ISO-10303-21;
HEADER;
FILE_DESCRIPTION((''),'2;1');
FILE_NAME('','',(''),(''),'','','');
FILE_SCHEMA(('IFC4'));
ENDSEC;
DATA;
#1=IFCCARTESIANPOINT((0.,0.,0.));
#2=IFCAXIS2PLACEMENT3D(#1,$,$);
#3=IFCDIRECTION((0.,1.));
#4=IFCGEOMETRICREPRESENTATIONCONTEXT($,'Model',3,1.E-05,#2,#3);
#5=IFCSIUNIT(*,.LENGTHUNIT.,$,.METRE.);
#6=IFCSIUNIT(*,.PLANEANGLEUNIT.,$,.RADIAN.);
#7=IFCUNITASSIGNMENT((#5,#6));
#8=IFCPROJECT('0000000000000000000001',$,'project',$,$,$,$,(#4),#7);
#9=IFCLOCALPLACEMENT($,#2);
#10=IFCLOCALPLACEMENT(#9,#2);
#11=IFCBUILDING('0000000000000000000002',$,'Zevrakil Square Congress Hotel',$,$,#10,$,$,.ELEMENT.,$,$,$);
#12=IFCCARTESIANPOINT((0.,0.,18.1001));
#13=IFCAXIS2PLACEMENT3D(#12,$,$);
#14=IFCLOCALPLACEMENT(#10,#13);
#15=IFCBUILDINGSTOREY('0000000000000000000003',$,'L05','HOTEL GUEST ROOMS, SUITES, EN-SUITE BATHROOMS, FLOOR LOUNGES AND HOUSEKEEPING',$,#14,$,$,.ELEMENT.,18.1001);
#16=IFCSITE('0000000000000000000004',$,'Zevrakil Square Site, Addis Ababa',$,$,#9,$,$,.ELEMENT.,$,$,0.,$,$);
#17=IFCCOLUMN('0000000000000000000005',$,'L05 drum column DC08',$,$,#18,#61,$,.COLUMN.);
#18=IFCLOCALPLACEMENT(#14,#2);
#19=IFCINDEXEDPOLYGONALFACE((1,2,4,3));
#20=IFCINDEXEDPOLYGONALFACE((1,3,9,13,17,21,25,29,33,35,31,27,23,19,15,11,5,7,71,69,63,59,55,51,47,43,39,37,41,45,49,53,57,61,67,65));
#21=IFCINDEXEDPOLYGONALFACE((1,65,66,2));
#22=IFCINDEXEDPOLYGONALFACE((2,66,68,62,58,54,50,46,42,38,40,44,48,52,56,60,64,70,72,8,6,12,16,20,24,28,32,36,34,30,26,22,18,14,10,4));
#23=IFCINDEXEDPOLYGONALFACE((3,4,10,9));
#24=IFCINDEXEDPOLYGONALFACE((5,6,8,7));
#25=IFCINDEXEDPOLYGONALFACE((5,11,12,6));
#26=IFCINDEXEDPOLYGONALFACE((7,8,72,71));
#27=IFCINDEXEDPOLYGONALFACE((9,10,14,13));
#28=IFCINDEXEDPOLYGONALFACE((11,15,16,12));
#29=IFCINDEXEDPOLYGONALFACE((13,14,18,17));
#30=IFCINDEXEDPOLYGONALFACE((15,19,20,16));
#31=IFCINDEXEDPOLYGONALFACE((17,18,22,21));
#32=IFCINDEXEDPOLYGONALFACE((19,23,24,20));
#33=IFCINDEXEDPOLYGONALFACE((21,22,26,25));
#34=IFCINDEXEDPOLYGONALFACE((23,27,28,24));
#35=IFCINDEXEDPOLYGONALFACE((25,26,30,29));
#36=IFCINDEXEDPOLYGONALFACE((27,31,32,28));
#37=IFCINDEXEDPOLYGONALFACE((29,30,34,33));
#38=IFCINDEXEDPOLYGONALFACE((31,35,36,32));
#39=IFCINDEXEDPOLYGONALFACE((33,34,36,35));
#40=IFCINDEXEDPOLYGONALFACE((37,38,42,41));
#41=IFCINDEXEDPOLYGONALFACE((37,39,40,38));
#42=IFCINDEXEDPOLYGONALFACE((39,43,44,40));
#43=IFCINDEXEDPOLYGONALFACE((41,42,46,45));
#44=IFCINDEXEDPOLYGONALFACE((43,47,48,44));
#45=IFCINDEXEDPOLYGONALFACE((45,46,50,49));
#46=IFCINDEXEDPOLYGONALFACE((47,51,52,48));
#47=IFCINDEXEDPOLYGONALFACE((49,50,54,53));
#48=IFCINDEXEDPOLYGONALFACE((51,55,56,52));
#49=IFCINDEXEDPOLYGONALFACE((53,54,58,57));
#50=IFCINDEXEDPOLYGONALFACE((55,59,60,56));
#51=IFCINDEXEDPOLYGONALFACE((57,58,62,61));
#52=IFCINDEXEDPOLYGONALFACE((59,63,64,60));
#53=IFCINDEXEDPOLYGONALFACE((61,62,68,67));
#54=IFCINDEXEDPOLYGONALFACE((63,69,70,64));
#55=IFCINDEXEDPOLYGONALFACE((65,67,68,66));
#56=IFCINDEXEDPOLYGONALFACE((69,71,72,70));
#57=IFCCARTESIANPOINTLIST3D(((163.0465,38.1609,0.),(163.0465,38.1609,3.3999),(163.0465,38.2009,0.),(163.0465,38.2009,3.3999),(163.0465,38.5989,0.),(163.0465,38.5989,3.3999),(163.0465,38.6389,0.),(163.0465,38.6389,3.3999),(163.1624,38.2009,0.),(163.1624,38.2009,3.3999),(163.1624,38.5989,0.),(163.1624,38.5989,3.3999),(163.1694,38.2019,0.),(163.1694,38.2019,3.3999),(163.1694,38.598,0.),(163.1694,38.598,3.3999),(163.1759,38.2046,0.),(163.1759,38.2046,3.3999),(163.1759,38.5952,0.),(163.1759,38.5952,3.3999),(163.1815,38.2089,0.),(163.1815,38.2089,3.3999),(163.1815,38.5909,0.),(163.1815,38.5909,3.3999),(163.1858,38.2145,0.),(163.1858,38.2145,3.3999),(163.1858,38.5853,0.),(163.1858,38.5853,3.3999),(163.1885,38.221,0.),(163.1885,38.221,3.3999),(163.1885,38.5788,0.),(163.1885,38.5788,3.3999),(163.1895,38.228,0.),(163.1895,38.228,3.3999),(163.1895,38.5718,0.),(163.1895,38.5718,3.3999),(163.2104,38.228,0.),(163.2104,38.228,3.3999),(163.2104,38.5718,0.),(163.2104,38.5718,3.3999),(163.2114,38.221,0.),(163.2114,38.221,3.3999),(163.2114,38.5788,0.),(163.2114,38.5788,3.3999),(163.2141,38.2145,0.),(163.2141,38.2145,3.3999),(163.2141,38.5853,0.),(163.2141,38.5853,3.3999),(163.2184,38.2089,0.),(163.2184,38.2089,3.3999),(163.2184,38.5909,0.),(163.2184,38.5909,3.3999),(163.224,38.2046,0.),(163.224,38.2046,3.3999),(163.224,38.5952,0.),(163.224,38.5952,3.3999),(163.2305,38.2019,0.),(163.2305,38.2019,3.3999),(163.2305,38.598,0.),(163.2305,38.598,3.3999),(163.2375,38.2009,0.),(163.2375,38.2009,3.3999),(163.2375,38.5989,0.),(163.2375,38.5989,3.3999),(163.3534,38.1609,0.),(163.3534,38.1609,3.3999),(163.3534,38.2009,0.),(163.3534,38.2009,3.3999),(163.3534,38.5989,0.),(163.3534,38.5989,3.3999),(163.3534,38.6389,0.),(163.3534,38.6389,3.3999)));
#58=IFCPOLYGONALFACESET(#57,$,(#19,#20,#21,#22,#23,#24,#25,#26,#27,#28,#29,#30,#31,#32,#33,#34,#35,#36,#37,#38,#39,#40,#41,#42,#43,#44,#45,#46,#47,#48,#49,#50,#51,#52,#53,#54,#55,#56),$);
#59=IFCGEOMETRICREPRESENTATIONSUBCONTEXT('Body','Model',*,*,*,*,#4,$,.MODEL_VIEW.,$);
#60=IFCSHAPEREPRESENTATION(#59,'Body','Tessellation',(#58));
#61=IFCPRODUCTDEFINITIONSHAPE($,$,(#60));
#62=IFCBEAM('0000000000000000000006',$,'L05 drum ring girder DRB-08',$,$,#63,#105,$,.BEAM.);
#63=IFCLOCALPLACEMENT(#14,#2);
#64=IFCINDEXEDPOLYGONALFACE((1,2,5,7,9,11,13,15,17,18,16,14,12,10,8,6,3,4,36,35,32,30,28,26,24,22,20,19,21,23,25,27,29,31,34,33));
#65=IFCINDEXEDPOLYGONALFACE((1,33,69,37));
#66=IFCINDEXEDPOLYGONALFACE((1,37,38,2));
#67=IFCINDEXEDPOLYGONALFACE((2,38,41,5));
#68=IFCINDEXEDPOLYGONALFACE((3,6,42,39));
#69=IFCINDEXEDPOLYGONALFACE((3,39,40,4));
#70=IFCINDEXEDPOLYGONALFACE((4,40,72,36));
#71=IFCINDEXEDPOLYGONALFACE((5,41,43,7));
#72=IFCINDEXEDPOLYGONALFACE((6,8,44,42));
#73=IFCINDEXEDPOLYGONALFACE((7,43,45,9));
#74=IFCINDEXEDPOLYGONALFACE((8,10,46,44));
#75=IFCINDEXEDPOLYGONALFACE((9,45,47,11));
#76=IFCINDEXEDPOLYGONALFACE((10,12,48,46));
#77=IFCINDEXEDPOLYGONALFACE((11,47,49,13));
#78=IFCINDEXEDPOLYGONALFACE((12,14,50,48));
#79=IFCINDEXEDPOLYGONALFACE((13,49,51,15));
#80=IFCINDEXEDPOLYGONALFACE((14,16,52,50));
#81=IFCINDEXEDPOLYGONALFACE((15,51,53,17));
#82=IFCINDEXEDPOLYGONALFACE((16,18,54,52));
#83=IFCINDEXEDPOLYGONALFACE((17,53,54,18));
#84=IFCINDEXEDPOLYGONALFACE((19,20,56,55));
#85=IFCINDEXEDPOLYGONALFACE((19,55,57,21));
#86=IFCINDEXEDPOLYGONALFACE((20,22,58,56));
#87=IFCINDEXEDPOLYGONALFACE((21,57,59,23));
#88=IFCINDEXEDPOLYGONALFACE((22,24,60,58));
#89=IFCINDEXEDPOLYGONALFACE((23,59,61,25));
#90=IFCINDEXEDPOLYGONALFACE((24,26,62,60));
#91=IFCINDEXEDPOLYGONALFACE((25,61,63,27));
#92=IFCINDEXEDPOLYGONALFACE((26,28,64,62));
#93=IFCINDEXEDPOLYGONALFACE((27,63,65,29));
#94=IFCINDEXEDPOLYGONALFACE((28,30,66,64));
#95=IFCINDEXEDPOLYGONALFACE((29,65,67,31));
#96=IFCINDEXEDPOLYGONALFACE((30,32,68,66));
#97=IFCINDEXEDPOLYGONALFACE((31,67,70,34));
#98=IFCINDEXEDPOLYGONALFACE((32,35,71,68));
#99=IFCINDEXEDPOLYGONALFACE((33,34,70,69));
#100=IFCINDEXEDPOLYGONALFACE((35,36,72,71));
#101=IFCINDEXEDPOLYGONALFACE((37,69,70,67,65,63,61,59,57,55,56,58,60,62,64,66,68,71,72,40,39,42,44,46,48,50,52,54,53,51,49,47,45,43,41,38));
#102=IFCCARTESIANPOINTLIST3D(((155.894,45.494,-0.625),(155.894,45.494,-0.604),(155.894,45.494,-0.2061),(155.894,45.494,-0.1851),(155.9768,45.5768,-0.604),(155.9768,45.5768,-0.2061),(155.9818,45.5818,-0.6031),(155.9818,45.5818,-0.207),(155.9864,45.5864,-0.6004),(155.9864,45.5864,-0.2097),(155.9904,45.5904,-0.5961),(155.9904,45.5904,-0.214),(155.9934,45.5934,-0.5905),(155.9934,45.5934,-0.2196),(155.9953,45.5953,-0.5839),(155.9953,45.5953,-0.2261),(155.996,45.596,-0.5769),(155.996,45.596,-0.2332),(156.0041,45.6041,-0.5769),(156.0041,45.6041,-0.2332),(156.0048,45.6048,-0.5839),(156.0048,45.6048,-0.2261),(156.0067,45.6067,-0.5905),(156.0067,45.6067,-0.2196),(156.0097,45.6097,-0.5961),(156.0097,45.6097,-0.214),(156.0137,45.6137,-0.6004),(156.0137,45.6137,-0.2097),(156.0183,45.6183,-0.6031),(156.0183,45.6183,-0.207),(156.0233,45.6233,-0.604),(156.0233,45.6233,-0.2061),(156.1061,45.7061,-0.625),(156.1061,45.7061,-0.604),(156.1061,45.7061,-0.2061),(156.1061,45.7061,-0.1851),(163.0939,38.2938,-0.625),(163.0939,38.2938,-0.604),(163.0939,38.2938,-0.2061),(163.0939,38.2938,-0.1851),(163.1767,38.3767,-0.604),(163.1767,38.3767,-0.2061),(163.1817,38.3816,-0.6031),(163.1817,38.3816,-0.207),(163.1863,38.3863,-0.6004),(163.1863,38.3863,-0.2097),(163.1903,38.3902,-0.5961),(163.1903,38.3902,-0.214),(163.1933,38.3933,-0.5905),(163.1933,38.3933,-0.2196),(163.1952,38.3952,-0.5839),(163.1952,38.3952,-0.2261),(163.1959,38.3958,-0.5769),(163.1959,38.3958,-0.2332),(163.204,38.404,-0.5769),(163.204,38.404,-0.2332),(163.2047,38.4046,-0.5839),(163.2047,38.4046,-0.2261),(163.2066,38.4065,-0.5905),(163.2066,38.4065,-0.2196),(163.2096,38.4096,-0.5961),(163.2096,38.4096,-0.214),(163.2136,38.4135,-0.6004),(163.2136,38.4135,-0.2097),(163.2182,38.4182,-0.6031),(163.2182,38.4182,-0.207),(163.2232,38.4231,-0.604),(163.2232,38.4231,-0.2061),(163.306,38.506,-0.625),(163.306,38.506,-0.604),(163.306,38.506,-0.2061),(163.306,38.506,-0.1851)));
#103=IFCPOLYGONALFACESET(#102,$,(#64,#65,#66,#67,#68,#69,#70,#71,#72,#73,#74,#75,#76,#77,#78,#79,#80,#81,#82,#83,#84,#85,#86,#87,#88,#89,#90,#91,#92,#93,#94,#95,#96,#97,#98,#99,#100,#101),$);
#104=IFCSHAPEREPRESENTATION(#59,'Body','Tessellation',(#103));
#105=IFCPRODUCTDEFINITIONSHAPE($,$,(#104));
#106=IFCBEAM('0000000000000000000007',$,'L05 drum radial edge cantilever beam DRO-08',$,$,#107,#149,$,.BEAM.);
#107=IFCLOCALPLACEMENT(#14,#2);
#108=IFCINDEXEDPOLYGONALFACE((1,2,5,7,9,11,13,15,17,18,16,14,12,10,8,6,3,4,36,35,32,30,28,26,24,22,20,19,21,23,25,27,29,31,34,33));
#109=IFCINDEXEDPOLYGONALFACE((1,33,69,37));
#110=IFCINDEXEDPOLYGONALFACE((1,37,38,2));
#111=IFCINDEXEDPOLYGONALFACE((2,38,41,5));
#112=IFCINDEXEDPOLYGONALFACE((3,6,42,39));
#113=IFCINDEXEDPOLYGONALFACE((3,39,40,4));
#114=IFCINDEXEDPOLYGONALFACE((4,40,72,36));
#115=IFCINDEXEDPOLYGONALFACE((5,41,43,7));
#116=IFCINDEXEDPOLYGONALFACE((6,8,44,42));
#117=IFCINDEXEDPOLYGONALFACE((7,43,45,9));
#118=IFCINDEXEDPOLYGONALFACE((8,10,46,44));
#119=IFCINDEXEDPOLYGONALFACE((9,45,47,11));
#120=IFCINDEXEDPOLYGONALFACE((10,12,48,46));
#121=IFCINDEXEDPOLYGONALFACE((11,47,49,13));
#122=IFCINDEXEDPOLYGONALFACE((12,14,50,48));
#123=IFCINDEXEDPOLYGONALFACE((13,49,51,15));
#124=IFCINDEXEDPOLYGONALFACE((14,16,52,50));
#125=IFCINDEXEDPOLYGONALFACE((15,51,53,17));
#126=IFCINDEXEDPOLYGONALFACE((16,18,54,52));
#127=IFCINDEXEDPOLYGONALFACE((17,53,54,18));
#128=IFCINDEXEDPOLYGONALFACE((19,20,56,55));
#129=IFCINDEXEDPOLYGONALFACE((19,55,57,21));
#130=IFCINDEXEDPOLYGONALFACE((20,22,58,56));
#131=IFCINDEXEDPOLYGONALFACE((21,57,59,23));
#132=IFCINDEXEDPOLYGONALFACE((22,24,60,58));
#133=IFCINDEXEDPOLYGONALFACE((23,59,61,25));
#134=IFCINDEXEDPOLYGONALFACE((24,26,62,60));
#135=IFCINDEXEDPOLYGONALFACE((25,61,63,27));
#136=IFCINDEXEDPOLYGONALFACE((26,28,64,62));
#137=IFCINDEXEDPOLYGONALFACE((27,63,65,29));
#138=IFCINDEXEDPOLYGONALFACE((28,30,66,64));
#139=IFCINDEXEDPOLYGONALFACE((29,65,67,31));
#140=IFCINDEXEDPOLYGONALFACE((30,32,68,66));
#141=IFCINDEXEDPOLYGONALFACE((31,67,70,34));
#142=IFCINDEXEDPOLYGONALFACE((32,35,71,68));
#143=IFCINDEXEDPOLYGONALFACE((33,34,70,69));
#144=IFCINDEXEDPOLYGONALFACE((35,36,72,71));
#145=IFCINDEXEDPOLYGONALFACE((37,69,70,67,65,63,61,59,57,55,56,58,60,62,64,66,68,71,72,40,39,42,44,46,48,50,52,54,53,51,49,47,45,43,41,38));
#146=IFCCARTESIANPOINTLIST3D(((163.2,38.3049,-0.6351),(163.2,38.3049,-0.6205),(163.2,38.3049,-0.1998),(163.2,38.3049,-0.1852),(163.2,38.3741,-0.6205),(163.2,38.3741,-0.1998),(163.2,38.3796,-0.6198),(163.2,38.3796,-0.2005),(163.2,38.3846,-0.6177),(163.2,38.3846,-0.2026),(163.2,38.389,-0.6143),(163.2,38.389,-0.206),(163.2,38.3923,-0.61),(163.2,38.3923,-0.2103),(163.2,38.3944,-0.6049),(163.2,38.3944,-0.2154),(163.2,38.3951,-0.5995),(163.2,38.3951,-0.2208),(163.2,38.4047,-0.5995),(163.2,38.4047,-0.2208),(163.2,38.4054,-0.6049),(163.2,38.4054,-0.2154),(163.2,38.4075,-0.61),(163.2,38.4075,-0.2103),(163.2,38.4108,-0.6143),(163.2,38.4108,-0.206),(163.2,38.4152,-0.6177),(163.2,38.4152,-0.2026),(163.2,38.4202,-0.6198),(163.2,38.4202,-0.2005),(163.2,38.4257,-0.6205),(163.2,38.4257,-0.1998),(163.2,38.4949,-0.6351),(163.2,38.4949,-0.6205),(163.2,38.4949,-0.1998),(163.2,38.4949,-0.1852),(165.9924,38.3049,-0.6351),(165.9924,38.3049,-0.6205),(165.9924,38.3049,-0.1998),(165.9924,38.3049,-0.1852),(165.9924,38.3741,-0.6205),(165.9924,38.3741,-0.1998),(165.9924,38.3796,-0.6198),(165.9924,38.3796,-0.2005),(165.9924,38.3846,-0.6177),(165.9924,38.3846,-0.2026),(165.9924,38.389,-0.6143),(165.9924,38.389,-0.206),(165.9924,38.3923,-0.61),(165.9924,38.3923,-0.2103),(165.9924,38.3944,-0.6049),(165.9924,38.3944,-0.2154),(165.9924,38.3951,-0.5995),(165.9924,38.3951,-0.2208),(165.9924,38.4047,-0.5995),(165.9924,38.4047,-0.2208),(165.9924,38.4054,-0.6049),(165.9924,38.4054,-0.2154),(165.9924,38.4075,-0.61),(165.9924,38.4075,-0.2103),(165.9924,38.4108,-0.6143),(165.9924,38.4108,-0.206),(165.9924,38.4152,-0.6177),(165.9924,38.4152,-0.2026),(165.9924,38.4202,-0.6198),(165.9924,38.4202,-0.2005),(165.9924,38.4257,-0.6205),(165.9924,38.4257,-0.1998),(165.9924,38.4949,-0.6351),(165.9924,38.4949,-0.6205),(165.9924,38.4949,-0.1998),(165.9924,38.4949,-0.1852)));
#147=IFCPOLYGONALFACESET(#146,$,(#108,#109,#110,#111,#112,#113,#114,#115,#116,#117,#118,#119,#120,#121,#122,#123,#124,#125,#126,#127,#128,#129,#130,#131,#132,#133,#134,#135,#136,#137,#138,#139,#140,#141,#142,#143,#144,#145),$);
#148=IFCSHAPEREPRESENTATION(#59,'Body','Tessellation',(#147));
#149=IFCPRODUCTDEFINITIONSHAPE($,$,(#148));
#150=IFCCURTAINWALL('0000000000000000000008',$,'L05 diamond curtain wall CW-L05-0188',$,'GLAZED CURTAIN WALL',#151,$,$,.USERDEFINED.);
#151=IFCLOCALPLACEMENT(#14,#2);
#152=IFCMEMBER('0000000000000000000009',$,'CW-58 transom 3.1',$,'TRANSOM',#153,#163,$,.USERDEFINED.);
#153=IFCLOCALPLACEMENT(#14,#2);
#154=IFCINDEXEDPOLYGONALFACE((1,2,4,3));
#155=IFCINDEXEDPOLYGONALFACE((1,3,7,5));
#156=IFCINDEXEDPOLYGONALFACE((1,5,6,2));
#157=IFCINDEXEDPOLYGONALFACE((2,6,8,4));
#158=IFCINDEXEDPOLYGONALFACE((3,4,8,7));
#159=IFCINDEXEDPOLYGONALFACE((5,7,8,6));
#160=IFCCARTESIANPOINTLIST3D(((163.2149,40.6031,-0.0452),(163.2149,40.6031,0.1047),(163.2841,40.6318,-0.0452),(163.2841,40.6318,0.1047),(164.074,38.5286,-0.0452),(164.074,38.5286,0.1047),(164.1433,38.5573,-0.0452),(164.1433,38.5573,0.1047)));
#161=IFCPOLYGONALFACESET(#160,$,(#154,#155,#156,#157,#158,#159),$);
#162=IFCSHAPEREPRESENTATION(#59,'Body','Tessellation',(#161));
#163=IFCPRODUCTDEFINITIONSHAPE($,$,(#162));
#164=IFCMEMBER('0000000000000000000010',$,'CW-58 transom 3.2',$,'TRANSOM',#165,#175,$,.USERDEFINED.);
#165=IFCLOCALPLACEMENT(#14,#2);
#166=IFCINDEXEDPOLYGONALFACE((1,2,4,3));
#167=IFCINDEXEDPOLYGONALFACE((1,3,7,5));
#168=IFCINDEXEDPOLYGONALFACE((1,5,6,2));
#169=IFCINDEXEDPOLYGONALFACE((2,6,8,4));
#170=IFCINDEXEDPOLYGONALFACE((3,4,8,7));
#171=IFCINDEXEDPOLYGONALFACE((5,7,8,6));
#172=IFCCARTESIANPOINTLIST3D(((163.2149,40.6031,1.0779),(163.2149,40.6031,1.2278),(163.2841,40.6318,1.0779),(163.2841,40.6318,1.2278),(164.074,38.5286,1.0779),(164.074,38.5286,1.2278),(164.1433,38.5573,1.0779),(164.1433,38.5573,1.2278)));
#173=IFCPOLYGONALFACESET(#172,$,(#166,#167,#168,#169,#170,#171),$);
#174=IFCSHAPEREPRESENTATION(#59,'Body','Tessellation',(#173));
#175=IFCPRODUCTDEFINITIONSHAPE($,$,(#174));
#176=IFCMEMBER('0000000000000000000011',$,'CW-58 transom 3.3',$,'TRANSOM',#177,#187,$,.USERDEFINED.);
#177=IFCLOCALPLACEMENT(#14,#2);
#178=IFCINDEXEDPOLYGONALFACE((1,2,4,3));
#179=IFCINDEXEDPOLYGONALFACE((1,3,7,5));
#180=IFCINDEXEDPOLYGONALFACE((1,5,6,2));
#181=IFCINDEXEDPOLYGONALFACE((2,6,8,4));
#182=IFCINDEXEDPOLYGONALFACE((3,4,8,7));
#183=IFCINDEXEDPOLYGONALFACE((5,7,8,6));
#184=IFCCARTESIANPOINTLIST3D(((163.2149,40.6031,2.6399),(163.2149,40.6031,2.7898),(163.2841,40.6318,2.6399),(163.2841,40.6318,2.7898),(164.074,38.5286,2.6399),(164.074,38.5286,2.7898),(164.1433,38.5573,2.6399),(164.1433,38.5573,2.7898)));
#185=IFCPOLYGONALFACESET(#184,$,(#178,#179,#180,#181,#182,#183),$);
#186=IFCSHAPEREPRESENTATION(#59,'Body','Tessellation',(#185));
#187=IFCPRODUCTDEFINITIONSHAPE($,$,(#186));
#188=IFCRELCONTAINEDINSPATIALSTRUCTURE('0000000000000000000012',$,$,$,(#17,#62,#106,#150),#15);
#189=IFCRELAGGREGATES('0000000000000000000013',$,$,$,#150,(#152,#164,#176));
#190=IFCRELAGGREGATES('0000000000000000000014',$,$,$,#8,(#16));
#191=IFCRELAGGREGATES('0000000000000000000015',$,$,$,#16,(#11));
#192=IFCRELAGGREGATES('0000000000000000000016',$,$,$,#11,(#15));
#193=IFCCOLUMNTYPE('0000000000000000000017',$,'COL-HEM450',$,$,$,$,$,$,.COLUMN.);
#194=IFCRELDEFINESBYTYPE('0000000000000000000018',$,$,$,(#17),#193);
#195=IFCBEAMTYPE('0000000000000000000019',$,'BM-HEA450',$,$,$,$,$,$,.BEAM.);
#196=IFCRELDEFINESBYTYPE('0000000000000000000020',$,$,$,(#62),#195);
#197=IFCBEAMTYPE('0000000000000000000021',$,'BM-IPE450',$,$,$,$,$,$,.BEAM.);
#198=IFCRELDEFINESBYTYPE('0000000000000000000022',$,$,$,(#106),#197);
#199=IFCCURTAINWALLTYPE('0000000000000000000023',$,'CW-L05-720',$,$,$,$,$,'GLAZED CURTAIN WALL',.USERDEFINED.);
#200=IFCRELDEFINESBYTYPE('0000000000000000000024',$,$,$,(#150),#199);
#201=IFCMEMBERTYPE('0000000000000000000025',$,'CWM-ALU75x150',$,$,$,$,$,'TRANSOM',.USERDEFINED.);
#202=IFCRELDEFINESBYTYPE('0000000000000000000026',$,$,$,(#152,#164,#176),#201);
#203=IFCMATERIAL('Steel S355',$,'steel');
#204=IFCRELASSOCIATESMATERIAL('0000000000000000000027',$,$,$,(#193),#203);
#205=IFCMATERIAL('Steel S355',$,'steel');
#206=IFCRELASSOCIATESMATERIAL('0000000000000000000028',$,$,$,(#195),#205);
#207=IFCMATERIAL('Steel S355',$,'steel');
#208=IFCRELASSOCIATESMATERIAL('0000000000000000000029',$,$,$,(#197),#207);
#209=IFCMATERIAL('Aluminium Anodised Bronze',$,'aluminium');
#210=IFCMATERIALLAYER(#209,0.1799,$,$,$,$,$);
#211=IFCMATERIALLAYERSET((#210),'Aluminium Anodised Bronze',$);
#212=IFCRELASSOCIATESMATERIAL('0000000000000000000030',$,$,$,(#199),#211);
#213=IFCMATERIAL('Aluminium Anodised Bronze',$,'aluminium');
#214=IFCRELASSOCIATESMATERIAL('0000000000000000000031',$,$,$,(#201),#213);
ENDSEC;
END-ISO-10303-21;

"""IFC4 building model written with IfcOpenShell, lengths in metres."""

from ifc_helpers import new_model, si_unit, direction, frame, origin, origin_2d, place, context, subcontext, project, spatial, rectangle, i_section, extrude, material, layer, layer_set, material_profile, profile_set, type_object, element, aggregate, save


model = new_model("IFC4")

# Units and contexts
model_context = context("Model", 3, precision=1e-05, world=origin(), true_north=direction((0.0, 1.0)))
body_context = subcontext(model_context, "Body", "Model", "MODEL_VIEW")
ifc_project = project(units=[si_unit("LENGTHUNIT", "METRE"), si_unit("PLANEANGLEUNIT", "RADIAN")], contexts=[model_context])

# Site, building, storey
site_placement = place(None, origin())
site = spatial("IfcSite", under=ifc_project, at=site_placement, Name="Zevrakil Square Site, Addis Ababa", CompositionType="ELEMENT", RefElevation=0.0)
building_placement = place(site_placement, origin())
building = spatial("IfcBuilding", under=site, at=building_placement, Name="Zevrakil Square Congress Hotel", CompositionType="ELEMENT")
storey_placement = place(building_placement, frame((0.0, 0.0, 18.1001)))
storey = spatial("IfcBuildingStorey", under=building, at=storey_placement, Name="L05", Description="HOTEL GUEST ROOMS, SUITES, EN-SUITE BATHROOMS, FLOOR LOUNGES AND HOUSEKEEPING", CompositionType="ELEMENT", Elevation=18.1001)

# Column
ifc_material_1 = material(Name="Steel S355", Category="steel")
ifc_material_profile_1 = material_profile(ifc_material_1, i_section(OverallWidth=0.3069, OverallDepth=0.478, WebThickness=0.021, FlangeThickness=0.04, FilletRadius=0.0271, at=origin_2d()), Name="HEM 450")
ifc_profile_set_1 = profile_set([ifc_material_profile_1], Name="Steel S355")
column_type = type_object("IfcColumnType", Name="COL-HEM450", PredefinedType="COLUMN", material=ifc_profile_set_1)
column_placement = place(storey_placement, frame((163.2, 38.3999, 0.0), z_axis=(0.0, 0.0, 1.0), x_axis=(1.0, 0.0, 0.0)))
element("IfcColumn", 1, at=column_placement, inside=storey, type_object=column_type, Name="L05 drum column DC08", PredefinedType="COLUMN", context=body_context, shape_type="SweptSolid", body=[
    extrude(i_section(OverallWidth=0.3069, OverallDepth=0.478, WebThickness=0.021, FlangeThickness=0.04, FilletRadius=0.0271, at=origin_2d()), origin(), (0.0, 0.0, 1.0), 3.3999),
])

# Beams
ifc_material_2 = material(Name="Steel S355", Category="steel")
ifc_material_profile_2 = material_profile(ifc_material_2, i_section(OverallWidth=0.3, OverallDepth=0.4399, WebThickness=0.0115, FlangeThickness=0.021, FilletRadius=0.0271, at=origin_2d()), Name="HEA 450")
ifc_profile_set_2 = profile_set([ifc_material_profile_2], Name="Steel S355")
beam_type_1 = type_object("IfcBeamType", Name="BM-HEA450", PredefinedType="BEAM", material=ifc_profile_set_2)
beam_1_placement = place(storey_placement, frame((163.2, 38.3999, -0.405), z_axis=(-0.707095, 0.707119, 0.0), x_axis=(-0.707119, -0.707095, 0.0)))
element("IfcBeam", 2, at=beam_1_placement, inside=storey, type_object=beam_type_1, Name="L05 drum ring girder DRB-08", PredefinedType="BEAM", context=body_context, shape_type="SweptSolid", body=[
    extrude(i_section(OverallWidth=0.3, OverallDepth=0.4399, WebThickness=0.0115, FlangeThickness=0.021, FilletRadius=0.0271, at=origin_2d()), origin(), (0.0, 0.0, 1.0), 10.1824),
])
ifc_material_3 = material(Name="Steel S355", Category="steel")
ifc_material_profile_3 = material_profile(ifc_material_3, i_section(OverallWidth=0.1899, OverallDepth=0.45, WebThickness=0.0095, FlangeThickness=0.0146, FilletRadius=0.021, at=origin_2d()), Name="IPE 450")
ifc_profile_set_3 = profile_set([ifc_material_profile_3], Name="Steel S355")
beam_type_2 = type_object("IfcBeamType", Name="BM-IPE450", PredefinedType="BEAM", material=ifc_profile_set_3)
beam_2_placement = place(storey_placement, frame((163.2, 38.3999, -0.4102), z_axis=(1.0, 0.0, 0.0), x_axis=(0.0, 1.0, 0.0)))
element("IfcBeam", 3, at=beam_2_placement, inside=storey, type_object=beam_type_2, Name="L05 drum radial edge cantilever beam DRO-08", PredefinedType="BEAM", context=body_context, shape_type="SweptSolid", body=[
    extrude(i_section(OverallWidth=0.1899, OverallDepth=0.45, WebThickness=0.0095, FlangeThickness=0.0146, FilletRadius=0.021, at=origin_2d()), origin(), (0.0, 0.0, 1.0), 2.7925),
])

# Curtain wall, members
ifc_material_4 = material(Name="Aluminium Anodised Bronze", Category="aluminium")
ifc_layer_1 = layer(ifc_material_4, 0.1799)
ifc_layer_set_1 = layer_set([ifc_layer_1], Name="Aluminium Anodised Bronze")
curtain_wall_type = type_object("IfcCurtainWallType", Name="CW-L05-720", ElementType="GLAZED CURTAIN WALL", PredefinedType="USERDEFINED", material=ifc_layer_set_1)
curtain_wall_placement = place(storey_placement, origin())
curtain_wall = element("IfcCurtainWall", 4, at=curtain_wall_placement, inside=storey, type_object=curtain_wall_type, Name="L05 diamond curtain wall CW-L05-0188", ObjectType="GLAZED CURTAIN WALL", PredefinedType="USERDEFINED")
ifc_material_5 = material(Name="Aluminium Anodised Bronze", Category="aluminium")
ifc_material_profile_4 = material_profile(ifc_material_5, rectangle(XDim=0.075, YDim=0.1499, at=origin_2d()), Name="ALU 75x150")
ifc_profile_set_4 = profile_set([ifc_material_profile_4], Name="Aluminium Anodised Bronze")
member_type_1 = type_object("IfcMemberType", Name="CWM-ALU75x150", ElementType="TRANSOM", PredefinedType="USERDEFINED", material=ifc_profile_set_4)
member_1_placement = place(storey_placement, frame((164.1086, 38.543, 0.0298), z_axis=(-0.38263, 0.923902, 0.0), x_axis=(-0.923902, -0.38263, 0.0)))
member_1 = element("IfcMember", 5, at=member_1_placement, type_object=member_type_1, Name="CW-58 transom 3.1", ObjectType="TRANSOM", PredefinedType="USERDEFINED", context=body_context, shape_type="SweptSolid", body=[
    extrude(rectangle(XDim=0.075, YDim=0.1499, at=origin_2d()), origin(), (0.0, 0.0, 1.0), 2.2454),
])
member_2_placement = place(storey_placement, frame((164.1086, 38.543, 1.1528), z_axis=(-0.38263, 0.923902, 0.0), x_axis=(-0.923902, -0.38263, 0.0)))
member_2 = element("IfcMember", 6, at=member_2_placement, type_object=member_type_1, Name="CW-58 transom 3.2", ObjectType="TRANSOM", PredefinedType="USERDEFINED", context=body_context, shape_type="SweptSolid", body=[
    extrude(rectangle(XDim=0.075, YDim=0.1499, at=origin_2d()), origin(), (0.0, 0.0, 1.0), 2.2454),
])
member_3_placement = place(storey_placement, frame((164.1086, 38.543, 2.7148), z_axis=(-0.38263, 0.923902, 0.0), x_axis=(-0.923902, -0.38263, 0.0)))
member_3 = element("IfcMember", 7, at=member_3_placement, type_object=member_type_1, Name="CW-58 transom 3.3", ObjectType="TRANSOM", PredefinedType="USERDEFINED", context=body_context, shape_type="SweptSolid", body=[
    extrude(rectangle(XDim=0.075, YDim=0.1499, at=origin_2d()), origin(), (0.0, 0.0, 1.0), 2.2454),
])
aggregate(curtain_wall, [member_1, member_2, member_3])

save(model, "model.ifc")
